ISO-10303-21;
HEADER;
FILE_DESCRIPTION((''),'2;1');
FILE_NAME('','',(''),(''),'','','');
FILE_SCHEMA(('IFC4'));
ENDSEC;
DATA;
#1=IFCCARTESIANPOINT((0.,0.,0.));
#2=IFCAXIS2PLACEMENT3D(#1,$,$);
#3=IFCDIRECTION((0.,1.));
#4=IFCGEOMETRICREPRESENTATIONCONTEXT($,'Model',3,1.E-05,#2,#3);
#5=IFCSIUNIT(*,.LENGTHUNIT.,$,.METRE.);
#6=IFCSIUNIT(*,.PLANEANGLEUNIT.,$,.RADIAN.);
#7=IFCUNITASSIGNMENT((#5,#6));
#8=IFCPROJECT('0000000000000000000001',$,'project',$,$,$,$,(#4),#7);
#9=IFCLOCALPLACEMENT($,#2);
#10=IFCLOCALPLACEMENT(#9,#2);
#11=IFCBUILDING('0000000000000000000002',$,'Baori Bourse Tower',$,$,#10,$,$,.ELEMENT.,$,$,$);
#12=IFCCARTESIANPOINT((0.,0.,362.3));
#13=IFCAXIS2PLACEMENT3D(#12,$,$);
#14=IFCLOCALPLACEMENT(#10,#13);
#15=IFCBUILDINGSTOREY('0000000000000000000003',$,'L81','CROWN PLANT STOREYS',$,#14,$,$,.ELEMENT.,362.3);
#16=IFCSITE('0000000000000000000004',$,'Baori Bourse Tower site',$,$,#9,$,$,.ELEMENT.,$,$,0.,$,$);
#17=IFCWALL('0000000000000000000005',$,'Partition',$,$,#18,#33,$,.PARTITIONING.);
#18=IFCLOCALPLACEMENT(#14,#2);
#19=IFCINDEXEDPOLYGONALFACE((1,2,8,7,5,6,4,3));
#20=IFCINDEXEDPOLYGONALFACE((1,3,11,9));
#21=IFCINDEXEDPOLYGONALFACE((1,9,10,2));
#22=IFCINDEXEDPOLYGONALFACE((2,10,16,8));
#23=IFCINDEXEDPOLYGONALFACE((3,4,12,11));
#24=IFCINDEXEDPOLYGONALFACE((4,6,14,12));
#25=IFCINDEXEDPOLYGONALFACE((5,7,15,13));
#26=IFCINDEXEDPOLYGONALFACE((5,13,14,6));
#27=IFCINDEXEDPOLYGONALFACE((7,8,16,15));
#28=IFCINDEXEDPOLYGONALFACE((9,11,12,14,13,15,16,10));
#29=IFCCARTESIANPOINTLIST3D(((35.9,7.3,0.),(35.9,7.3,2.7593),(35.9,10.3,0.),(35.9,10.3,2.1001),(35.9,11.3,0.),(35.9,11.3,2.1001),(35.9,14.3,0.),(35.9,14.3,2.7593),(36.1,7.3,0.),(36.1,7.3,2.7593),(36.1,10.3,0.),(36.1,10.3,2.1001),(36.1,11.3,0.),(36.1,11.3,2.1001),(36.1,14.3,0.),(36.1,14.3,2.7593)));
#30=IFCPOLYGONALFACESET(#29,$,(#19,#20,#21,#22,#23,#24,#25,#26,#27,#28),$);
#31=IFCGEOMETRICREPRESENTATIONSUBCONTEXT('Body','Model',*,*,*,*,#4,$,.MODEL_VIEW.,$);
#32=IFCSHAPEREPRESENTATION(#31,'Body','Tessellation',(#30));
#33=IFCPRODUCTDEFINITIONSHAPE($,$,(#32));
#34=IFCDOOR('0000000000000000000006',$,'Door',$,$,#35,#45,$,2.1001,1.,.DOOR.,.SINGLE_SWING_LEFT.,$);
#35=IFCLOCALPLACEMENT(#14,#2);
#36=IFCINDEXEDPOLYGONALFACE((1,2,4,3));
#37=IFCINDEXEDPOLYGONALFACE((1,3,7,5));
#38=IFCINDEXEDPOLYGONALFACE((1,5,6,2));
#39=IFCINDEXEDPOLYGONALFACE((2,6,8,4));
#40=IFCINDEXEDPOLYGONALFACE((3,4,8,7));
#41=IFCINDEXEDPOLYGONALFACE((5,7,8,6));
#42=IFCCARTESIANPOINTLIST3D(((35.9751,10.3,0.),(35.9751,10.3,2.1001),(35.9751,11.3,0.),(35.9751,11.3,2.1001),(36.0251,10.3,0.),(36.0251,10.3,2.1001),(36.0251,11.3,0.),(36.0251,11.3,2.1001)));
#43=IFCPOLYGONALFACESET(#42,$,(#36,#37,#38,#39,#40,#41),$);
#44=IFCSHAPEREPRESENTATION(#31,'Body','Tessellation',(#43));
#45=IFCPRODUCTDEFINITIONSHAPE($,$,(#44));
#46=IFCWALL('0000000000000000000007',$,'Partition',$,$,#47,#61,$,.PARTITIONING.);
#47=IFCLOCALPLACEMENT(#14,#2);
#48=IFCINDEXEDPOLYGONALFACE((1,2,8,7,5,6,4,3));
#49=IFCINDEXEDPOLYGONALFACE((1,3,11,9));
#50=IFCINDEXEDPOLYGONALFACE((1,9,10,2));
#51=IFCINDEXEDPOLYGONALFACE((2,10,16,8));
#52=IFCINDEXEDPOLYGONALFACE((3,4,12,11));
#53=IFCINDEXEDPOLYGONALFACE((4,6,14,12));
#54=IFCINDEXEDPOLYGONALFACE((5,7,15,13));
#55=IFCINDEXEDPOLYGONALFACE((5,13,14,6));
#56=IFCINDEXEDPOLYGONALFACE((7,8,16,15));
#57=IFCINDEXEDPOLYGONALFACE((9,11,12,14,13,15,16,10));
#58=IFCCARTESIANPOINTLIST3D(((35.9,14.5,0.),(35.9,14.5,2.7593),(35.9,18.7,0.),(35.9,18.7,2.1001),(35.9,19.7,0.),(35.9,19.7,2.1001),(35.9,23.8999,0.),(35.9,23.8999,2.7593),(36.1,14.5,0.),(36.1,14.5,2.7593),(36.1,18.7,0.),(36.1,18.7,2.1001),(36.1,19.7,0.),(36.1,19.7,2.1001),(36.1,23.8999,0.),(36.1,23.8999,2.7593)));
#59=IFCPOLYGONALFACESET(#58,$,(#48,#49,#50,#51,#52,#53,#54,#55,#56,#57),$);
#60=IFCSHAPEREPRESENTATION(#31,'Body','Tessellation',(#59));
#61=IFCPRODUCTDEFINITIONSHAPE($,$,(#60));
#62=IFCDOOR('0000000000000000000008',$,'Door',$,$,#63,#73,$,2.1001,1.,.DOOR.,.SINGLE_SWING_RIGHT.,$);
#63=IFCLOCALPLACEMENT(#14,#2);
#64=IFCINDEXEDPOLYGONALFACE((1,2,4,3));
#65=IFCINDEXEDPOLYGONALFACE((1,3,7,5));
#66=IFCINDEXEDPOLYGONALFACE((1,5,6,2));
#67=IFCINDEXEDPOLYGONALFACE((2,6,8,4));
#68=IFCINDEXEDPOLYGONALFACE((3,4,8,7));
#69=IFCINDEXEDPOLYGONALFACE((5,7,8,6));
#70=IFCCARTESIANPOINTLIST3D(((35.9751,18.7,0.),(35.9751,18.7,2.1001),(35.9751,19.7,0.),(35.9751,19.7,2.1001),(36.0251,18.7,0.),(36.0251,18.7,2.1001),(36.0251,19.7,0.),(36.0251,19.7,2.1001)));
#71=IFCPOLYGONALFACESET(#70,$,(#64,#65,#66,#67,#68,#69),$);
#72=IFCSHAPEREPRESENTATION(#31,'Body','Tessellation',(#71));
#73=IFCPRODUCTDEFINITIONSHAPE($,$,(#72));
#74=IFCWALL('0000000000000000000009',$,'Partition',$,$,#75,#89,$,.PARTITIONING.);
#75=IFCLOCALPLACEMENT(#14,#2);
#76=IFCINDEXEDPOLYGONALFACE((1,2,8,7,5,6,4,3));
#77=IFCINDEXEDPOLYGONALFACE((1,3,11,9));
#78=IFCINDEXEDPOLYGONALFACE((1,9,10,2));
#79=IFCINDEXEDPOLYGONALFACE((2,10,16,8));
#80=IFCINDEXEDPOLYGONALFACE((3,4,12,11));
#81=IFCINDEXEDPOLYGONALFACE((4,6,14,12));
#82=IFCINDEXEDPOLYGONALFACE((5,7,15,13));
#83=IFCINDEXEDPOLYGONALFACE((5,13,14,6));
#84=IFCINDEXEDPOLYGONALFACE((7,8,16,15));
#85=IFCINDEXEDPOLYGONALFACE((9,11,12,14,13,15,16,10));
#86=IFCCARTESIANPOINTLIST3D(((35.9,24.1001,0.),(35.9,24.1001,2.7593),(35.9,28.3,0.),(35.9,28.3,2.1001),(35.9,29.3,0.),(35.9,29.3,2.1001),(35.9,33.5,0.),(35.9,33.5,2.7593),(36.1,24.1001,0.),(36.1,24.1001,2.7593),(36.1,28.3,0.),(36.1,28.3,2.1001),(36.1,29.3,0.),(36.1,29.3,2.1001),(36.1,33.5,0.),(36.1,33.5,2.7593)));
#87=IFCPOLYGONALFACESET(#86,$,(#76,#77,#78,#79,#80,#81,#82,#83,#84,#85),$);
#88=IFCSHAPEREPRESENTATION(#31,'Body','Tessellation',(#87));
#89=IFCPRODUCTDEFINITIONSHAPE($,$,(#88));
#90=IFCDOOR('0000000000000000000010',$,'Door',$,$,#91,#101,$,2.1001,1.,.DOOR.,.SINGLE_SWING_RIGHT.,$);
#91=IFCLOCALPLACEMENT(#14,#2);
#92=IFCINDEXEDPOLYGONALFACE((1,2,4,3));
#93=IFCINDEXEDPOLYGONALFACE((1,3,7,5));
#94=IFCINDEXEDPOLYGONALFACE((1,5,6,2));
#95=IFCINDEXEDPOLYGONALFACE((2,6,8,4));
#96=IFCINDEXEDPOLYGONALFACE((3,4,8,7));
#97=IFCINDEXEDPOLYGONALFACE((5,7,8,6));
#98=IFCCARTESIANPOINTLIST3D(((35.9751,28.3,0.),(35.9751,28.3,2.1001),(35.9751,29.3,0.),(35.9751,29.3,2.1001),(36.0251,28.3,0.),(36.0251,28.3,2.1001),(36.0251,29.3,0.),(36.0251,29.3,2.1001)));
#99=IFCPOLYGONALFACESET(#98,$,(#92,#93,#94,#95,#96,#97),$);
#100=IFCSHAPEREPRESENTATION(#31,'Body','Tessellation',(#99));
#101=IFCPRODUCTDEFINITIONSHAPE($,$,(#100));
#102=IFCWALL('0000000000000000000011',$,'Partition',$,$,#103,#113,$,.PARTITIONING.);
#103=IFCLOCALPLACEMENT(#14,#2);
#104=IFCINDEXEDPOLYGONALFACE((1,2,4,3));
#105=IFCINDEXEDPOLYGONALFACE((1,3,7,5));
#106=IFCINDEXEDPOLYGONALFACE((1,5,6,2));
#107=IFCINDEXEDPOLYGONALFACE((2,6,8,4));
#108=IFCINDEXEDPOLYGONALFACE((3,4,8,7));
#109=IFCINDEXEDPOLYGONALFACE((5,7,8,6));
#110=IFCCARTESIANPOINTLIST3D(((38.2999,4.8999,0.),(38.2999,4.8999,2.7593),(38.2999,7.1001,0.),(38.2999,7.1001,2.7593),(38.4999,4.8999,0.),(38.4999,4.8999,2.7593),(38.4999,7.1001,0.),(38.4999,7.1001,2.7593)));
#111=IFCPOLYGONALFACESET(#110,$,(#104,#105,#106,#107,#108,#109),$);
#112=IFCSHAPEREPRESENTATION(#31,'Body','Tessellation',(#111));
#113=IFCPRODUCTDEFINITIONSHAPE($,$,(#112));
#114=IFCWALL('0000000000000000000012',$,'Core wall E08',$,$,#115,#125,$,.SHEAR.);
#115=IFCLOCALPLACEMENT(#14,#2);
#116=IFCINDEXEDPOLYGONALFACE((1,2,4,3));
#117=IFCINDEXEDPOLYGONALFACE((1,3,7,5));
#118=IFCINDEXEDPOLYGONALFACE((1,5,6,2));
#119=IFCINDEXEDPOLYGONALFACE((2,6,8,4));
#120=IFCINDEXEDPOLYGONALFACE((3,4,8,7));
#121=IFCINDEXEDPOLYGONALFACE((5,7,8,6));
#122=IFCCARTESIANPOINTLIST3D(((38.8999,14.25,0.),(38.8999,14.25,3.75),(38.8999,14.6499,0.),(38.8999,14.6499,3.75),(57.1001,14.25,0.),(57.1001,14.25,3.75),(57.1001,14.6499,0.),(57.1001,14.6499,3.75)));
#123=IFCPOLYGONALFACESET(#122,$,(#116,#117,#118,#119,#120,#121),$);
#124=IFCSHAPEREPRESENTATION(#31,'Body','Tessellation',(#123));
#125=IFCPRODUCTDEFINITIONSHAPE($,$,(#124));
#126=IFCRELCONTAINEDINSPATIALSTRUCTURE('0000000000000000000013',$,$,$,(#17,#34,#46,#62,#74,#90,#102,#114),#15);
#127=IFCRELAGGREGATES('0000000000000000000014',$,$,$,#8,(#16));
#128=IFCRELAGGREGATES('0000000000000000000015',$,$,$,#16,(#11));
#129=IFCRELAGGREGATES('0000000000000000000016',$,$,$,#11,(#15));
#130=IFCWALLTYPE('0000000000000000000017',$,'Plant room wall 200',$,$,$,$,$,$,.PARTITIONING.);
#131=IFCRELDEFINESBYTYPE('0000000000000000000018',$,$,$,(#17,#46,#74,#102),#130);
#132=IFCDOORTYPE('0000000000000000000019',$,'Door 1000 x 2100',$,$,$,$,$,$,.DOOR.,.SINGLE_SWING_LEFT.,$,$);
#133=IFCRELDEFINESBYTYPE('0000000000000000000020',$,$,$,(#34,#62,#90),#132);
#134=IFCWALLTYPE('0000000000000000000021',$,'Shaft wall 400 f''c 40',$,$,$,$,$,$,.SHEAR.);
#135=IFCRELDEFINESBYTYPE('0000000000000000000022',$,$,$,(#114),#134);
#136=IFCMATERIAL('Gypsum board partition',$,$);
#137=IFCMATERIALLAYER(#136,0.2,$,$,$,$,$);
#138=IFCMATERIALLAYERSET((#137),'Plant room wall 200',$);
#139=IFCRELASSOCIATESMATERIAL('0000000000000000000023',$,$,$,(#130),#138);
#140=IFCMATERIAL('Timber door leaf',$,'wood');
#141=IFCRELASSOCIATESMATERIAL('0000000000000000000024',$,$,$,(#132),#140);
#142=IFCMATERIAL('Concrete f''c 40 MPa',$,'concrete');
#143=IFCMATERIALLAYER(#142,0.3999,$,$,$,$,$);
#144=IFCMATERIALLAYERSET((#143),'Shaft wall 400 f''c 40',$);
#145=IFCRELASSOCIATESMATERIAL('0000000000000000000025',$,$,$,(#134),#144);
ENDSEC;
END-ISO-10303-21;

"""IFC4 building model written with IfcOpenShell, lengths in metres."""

from ifc_helpers import new_model, si_unit, direction, frame, frame_2d, origin, place, context, subcontext, project, spatial, rectangle, extrude, material, layer, layer_set, type_object, element, fill, save


model = new_model("IFC4")

# Units and contexts
model_context = context("Model", 3, precision=1e-05, world=origin(), true_north=direction((0.0, 1.0)))
body_context = subcontext(model_context, "Body", "Model", "MODEL_VIEW")
ifc_project = project(units=[si_unit("LENGTHUNIT", "METRE"), si_unit("PLANEANGLEUNIT", "RADIAN")], contexts=[model_context])

# Site, building, storey
site_placement = place(None, origin())
site = spatial("IfcSite", under=ifc_project, at=site_placement, Name="Baori Bourse Tower site", CompositionType="ELEMENT", RefElevation=0.0)
building_placement = place(site_placement, origin())
building = spatial("IfcBuilding", under=site, at=building_placement, Name="Baori Bourse Tower", CompositionType="ELEMENT")
storey_placement = place(building_placement, frame((0.0, 0.0, 362.3)))
storey = spatial("IfcBuildingStorey", under=building, at=storey_placement, Name="L81", Description="CROWN PLANT STOREYS", CompositionType="ELEMENT", Elevation=362.3)

# Shared definitions
ifc_material_1 = material(Name="Gypsum board partition")
ifc_layer_1 = layer(ifc_material_1, 0.2)
ifc_layer_set_1 = layer_set([ifc_layer_1], Name="Plant room wall 200")
wall_type_1 = type_object("IfcWallType", Name="Plant room wall 200", PredefinedType="PARTITIONING", material=ifc_layer_set_1)
ifc_material_2 = material(Name="Timber door leaf", Category="wood")
door_type_1 = type_object("IfcDoorType", Name="Door 1000 x 2100", OperationType="SINGLE_SWING_LEFT", PredefinedType="DOOR", material=ifc_material_2)

# Walls, openings, doors
wall_1_placement = place(storey_placement, frame((36.0, 7.3, 0.0), z_axis=(0.0, 0.0, 1.0), x_axis=(0.0, 1.0, 0.0)))
wall_1 = element("IfcWall", 1, at=wall_1_placement, inside=storey, type_object=wall_type_1, Name="Partition", PredefinedType="PARTITIONING", context=body_context, shape_type="SweptSolid", body=[
    extrude(rectangle(XDim=7.0, YDim=0.2, at=frame_2d((3.5, 0.0))), origin(), (0.0, 0.0, 1.0), 2.7593),
])
opening_1_placement = place(wall_1_placement, frame((3.0, 0.0, 0.0)))
opening_1 = element("IfcOpeningElement", 2, at=opening_1_placement, cuts=wall_1, PredefinedType="OPENING", context=body_context, shape_type="SweptSolid", body=[
    extrude(rectangle(XDim=1.0, YDim=2.1001, at=frame_2d((0.5, 1.05))), frame((0.0, 0.1099, 0.0), z_axis=(0.0, -1.0, 0.0), x_axis=(1.0, 0.0, 0.0)), (0.0, 0.0, 1.0), 0.22),
])
door_1_placement = place(opening_1_placement, origin())
door_1 = element("IfcDoor", 3, at=door_1_placement, inside=storey, type_object=door_type_1, Name="Door", OperationType="SINGLE_SWING_LEFT", OverallHeight=2.1001, OverallWidth=1.0, PredefinedType="DOOR", context=body_context, shape_type="SweptSolid", body=[
    extrude(rectangle(XDim=1.0, YDim=2.1001, at=frame_2d((0.5, 1.05))), frame((0.0, 0.0249, 0.0), z_axis=(0.0, -1.0, 0.0), x_axis=(1.0, 0.0, 0.0)), (0.0, 0.0, 1.0), 0.05),
])
fill(opening_1, door_1)
wall_2_placement = place(storey_placement, frame((36.0, 14.5, 0.0), z_axis=(0.0, 0.0, 1.0), x_axis=(0.0, 1.0, 0.0)))
wall_2 = element("IfcWall", 4, at=wall_2_placement, inside=storey, type_object=wall_type_1, Name="Partition", PredefinedType="PARTITIONING", context=body_context, shape_type="SweptSolid", body=[
    extrude(rectangle(XDim=9.3999, YDim=0.2, at=frame_2d((4.7, 0.0))), origin(), (0.0, 0.0, 1.0), 2.7593),
])
opening_2_placement = place(wall_2_placement, frame((4.2, 0.0, 0.0)))
opening_2 = element("IfcOpeningElement", 5, at=opening_2_placement, cuts=wall_2, PredefinedType="OPENING", context=body_context, shape_type="SweptSolid", body=[
    extrude(rectangle(XDim=1.0, YDim=2.1001, at=frame_2d((0.5, 1.05))), frame((0.0, 0.1099, 0.0), z_axis=(0.0, -1.0, 0.0), x_axis=(1.0, 0.0, 0.0)), (0.0, 0.0, 1.0), 0.22),
])
door_2_placement = place(opening_2_placement, origin())
door_2 = element("IfcDoor", 6, at=door_2_placement, inside=storey, type_object=door_type_1, Name="Door", OperationType="SINGLE_SWING_RIGHT", OverallHeight=2.1001, OverallWidth=1.0, PredefinedType="DOOR", context=body_context, shape_type="SweptSolid", body=[
    extrude(rectangle(XDim=1.0, YDim=2.1001, at=frame_2d((0.5, 1.05))), frame((0.0, 0.0249, 0.0), z_axis=(0.0, -1.0, 0.0), x_axis=(1.0, 0.0, 0.0)), (0.0, 0.0, 1.0), 0.05),
])
fill(opening_2, door_2)
wall_3_placement = place(storey_placement, frame((36.0, 24.1001, 0.0), z_axis=(0.0, 0.0, 1.0), x_axis=(0.0, 1.0, 0.0)))
wall_3 = element("IfcWall", 7, at=wall_3_placement, inside=storey, type_object=wall_type_1, Name="Partition", PredefinedType="PARTITIONING", context=body_context, shape_type="SweptSolid", body=[
    extrude(rectangle(XDim=9.3999, YDim=0.2, at=frame_2d((4.7, 0.0))), origin(), (0.0, 0.0, 1.0), 2.7593),
])
opening_3_placement = place(wall_3_placement, frame((4.2, 0.0, 0.0)))
opening_3 = element("IfcOpeningElement", 8, at=opening_3_placement, cuts=wall_3, PredefinedType="OPENING", context=body_context, shape_type="SweptSolid", body=[
    extrude(rectangle(XDim=1.0, YDim=2.1001, at=frame_2d((0.5, 1.05))), frame((0.0, 0.1099, 0.0), z_axis=(0.0, -1.0, 0.0), x_axis=(1.0, 0.0, 0.0)), (0.0, 0.0, 1.0), 0.22),
])
door_3_placement = place(opening_3_placement, origin())
door_3 = element("IfcDoor", 9, at=door_3_placement, inside=storey, type_object=door_type_1, Name="Door", OperationType="SINGLE_SWING_RIGHT", OverallHeight=2.1001, OverallWidth=1.0, PredefinedType="DOOR", context=body_context, shape_type="SweptSolid", body=[
    extrude(rectangle(XDim=1.0, YDim=2.1001, at=frame_2d((0.5, 1.05))), frame((0.0, 0.0249, 0.0), z_axis=(0.0, -1.0, 0.0), x_axis=(1.0, 0.0, 0.0)), (0.0, 0.0, 1.0), 0.05),
])
fill(opening_3, door_3)

# Walls
wall_4_placement = place(storey_placement, frame((38.3999, 4.8999, 0.0), z_axis=(0.0, 0.0, 1.0), x_axis=(0.0, 1.0, 0.0)))
element("IfcWall", 10, at=wall_4_placement, inside=storey, type_object=wall_type_1, Name="Partition", PredefinedType="PARTITIONING", context=body_context, shape_type="SweptSolid", body=[
    extrude(rectangle(XDim=2.2002, YDim=0.2, at=frame_2d((1.1001, 0.0))), origin(), (0.0, 0.0, 1.0), 2.7593),
])
ifc_material_3 = material(Name="Concrete f'c 40 MPa", Category="concrete")
ifc_layer_2 = layer(ifc_material_3, 0.3999)
ifc_layer_set_2 = layer_set([ifc_layer_2], Name="Shaft wall 400 f'c 40")
wall_type_2 = type_object("IfcWallType", Name="Shaft wall 400 f'c 40", PredefinedType="SHEAR", material=ifc_layer_set_2)
wall_5_placement = place(storey_placement, frame((38.8999, 14.45, 0.0), z_axis=(0.0, 0.0, 1.0), x_axis=(1.0, 0.0, 0.0)))
element("IfcWall", 11, at=wall_5_placement, inside=storey, type_object=wall_type_2, Name="Core wall E08", PredefinedType="SHEAR", context=body_context, shape_type="SweptSolid", body=[
    extrude(rectangle(XDim=18.2002, YDim=0.3999, at=frame_2d((9.1001, 0.0))), origin(), (0.0, 0.0, 1.0), 3.75),
])

save(model, "model.ifc")
